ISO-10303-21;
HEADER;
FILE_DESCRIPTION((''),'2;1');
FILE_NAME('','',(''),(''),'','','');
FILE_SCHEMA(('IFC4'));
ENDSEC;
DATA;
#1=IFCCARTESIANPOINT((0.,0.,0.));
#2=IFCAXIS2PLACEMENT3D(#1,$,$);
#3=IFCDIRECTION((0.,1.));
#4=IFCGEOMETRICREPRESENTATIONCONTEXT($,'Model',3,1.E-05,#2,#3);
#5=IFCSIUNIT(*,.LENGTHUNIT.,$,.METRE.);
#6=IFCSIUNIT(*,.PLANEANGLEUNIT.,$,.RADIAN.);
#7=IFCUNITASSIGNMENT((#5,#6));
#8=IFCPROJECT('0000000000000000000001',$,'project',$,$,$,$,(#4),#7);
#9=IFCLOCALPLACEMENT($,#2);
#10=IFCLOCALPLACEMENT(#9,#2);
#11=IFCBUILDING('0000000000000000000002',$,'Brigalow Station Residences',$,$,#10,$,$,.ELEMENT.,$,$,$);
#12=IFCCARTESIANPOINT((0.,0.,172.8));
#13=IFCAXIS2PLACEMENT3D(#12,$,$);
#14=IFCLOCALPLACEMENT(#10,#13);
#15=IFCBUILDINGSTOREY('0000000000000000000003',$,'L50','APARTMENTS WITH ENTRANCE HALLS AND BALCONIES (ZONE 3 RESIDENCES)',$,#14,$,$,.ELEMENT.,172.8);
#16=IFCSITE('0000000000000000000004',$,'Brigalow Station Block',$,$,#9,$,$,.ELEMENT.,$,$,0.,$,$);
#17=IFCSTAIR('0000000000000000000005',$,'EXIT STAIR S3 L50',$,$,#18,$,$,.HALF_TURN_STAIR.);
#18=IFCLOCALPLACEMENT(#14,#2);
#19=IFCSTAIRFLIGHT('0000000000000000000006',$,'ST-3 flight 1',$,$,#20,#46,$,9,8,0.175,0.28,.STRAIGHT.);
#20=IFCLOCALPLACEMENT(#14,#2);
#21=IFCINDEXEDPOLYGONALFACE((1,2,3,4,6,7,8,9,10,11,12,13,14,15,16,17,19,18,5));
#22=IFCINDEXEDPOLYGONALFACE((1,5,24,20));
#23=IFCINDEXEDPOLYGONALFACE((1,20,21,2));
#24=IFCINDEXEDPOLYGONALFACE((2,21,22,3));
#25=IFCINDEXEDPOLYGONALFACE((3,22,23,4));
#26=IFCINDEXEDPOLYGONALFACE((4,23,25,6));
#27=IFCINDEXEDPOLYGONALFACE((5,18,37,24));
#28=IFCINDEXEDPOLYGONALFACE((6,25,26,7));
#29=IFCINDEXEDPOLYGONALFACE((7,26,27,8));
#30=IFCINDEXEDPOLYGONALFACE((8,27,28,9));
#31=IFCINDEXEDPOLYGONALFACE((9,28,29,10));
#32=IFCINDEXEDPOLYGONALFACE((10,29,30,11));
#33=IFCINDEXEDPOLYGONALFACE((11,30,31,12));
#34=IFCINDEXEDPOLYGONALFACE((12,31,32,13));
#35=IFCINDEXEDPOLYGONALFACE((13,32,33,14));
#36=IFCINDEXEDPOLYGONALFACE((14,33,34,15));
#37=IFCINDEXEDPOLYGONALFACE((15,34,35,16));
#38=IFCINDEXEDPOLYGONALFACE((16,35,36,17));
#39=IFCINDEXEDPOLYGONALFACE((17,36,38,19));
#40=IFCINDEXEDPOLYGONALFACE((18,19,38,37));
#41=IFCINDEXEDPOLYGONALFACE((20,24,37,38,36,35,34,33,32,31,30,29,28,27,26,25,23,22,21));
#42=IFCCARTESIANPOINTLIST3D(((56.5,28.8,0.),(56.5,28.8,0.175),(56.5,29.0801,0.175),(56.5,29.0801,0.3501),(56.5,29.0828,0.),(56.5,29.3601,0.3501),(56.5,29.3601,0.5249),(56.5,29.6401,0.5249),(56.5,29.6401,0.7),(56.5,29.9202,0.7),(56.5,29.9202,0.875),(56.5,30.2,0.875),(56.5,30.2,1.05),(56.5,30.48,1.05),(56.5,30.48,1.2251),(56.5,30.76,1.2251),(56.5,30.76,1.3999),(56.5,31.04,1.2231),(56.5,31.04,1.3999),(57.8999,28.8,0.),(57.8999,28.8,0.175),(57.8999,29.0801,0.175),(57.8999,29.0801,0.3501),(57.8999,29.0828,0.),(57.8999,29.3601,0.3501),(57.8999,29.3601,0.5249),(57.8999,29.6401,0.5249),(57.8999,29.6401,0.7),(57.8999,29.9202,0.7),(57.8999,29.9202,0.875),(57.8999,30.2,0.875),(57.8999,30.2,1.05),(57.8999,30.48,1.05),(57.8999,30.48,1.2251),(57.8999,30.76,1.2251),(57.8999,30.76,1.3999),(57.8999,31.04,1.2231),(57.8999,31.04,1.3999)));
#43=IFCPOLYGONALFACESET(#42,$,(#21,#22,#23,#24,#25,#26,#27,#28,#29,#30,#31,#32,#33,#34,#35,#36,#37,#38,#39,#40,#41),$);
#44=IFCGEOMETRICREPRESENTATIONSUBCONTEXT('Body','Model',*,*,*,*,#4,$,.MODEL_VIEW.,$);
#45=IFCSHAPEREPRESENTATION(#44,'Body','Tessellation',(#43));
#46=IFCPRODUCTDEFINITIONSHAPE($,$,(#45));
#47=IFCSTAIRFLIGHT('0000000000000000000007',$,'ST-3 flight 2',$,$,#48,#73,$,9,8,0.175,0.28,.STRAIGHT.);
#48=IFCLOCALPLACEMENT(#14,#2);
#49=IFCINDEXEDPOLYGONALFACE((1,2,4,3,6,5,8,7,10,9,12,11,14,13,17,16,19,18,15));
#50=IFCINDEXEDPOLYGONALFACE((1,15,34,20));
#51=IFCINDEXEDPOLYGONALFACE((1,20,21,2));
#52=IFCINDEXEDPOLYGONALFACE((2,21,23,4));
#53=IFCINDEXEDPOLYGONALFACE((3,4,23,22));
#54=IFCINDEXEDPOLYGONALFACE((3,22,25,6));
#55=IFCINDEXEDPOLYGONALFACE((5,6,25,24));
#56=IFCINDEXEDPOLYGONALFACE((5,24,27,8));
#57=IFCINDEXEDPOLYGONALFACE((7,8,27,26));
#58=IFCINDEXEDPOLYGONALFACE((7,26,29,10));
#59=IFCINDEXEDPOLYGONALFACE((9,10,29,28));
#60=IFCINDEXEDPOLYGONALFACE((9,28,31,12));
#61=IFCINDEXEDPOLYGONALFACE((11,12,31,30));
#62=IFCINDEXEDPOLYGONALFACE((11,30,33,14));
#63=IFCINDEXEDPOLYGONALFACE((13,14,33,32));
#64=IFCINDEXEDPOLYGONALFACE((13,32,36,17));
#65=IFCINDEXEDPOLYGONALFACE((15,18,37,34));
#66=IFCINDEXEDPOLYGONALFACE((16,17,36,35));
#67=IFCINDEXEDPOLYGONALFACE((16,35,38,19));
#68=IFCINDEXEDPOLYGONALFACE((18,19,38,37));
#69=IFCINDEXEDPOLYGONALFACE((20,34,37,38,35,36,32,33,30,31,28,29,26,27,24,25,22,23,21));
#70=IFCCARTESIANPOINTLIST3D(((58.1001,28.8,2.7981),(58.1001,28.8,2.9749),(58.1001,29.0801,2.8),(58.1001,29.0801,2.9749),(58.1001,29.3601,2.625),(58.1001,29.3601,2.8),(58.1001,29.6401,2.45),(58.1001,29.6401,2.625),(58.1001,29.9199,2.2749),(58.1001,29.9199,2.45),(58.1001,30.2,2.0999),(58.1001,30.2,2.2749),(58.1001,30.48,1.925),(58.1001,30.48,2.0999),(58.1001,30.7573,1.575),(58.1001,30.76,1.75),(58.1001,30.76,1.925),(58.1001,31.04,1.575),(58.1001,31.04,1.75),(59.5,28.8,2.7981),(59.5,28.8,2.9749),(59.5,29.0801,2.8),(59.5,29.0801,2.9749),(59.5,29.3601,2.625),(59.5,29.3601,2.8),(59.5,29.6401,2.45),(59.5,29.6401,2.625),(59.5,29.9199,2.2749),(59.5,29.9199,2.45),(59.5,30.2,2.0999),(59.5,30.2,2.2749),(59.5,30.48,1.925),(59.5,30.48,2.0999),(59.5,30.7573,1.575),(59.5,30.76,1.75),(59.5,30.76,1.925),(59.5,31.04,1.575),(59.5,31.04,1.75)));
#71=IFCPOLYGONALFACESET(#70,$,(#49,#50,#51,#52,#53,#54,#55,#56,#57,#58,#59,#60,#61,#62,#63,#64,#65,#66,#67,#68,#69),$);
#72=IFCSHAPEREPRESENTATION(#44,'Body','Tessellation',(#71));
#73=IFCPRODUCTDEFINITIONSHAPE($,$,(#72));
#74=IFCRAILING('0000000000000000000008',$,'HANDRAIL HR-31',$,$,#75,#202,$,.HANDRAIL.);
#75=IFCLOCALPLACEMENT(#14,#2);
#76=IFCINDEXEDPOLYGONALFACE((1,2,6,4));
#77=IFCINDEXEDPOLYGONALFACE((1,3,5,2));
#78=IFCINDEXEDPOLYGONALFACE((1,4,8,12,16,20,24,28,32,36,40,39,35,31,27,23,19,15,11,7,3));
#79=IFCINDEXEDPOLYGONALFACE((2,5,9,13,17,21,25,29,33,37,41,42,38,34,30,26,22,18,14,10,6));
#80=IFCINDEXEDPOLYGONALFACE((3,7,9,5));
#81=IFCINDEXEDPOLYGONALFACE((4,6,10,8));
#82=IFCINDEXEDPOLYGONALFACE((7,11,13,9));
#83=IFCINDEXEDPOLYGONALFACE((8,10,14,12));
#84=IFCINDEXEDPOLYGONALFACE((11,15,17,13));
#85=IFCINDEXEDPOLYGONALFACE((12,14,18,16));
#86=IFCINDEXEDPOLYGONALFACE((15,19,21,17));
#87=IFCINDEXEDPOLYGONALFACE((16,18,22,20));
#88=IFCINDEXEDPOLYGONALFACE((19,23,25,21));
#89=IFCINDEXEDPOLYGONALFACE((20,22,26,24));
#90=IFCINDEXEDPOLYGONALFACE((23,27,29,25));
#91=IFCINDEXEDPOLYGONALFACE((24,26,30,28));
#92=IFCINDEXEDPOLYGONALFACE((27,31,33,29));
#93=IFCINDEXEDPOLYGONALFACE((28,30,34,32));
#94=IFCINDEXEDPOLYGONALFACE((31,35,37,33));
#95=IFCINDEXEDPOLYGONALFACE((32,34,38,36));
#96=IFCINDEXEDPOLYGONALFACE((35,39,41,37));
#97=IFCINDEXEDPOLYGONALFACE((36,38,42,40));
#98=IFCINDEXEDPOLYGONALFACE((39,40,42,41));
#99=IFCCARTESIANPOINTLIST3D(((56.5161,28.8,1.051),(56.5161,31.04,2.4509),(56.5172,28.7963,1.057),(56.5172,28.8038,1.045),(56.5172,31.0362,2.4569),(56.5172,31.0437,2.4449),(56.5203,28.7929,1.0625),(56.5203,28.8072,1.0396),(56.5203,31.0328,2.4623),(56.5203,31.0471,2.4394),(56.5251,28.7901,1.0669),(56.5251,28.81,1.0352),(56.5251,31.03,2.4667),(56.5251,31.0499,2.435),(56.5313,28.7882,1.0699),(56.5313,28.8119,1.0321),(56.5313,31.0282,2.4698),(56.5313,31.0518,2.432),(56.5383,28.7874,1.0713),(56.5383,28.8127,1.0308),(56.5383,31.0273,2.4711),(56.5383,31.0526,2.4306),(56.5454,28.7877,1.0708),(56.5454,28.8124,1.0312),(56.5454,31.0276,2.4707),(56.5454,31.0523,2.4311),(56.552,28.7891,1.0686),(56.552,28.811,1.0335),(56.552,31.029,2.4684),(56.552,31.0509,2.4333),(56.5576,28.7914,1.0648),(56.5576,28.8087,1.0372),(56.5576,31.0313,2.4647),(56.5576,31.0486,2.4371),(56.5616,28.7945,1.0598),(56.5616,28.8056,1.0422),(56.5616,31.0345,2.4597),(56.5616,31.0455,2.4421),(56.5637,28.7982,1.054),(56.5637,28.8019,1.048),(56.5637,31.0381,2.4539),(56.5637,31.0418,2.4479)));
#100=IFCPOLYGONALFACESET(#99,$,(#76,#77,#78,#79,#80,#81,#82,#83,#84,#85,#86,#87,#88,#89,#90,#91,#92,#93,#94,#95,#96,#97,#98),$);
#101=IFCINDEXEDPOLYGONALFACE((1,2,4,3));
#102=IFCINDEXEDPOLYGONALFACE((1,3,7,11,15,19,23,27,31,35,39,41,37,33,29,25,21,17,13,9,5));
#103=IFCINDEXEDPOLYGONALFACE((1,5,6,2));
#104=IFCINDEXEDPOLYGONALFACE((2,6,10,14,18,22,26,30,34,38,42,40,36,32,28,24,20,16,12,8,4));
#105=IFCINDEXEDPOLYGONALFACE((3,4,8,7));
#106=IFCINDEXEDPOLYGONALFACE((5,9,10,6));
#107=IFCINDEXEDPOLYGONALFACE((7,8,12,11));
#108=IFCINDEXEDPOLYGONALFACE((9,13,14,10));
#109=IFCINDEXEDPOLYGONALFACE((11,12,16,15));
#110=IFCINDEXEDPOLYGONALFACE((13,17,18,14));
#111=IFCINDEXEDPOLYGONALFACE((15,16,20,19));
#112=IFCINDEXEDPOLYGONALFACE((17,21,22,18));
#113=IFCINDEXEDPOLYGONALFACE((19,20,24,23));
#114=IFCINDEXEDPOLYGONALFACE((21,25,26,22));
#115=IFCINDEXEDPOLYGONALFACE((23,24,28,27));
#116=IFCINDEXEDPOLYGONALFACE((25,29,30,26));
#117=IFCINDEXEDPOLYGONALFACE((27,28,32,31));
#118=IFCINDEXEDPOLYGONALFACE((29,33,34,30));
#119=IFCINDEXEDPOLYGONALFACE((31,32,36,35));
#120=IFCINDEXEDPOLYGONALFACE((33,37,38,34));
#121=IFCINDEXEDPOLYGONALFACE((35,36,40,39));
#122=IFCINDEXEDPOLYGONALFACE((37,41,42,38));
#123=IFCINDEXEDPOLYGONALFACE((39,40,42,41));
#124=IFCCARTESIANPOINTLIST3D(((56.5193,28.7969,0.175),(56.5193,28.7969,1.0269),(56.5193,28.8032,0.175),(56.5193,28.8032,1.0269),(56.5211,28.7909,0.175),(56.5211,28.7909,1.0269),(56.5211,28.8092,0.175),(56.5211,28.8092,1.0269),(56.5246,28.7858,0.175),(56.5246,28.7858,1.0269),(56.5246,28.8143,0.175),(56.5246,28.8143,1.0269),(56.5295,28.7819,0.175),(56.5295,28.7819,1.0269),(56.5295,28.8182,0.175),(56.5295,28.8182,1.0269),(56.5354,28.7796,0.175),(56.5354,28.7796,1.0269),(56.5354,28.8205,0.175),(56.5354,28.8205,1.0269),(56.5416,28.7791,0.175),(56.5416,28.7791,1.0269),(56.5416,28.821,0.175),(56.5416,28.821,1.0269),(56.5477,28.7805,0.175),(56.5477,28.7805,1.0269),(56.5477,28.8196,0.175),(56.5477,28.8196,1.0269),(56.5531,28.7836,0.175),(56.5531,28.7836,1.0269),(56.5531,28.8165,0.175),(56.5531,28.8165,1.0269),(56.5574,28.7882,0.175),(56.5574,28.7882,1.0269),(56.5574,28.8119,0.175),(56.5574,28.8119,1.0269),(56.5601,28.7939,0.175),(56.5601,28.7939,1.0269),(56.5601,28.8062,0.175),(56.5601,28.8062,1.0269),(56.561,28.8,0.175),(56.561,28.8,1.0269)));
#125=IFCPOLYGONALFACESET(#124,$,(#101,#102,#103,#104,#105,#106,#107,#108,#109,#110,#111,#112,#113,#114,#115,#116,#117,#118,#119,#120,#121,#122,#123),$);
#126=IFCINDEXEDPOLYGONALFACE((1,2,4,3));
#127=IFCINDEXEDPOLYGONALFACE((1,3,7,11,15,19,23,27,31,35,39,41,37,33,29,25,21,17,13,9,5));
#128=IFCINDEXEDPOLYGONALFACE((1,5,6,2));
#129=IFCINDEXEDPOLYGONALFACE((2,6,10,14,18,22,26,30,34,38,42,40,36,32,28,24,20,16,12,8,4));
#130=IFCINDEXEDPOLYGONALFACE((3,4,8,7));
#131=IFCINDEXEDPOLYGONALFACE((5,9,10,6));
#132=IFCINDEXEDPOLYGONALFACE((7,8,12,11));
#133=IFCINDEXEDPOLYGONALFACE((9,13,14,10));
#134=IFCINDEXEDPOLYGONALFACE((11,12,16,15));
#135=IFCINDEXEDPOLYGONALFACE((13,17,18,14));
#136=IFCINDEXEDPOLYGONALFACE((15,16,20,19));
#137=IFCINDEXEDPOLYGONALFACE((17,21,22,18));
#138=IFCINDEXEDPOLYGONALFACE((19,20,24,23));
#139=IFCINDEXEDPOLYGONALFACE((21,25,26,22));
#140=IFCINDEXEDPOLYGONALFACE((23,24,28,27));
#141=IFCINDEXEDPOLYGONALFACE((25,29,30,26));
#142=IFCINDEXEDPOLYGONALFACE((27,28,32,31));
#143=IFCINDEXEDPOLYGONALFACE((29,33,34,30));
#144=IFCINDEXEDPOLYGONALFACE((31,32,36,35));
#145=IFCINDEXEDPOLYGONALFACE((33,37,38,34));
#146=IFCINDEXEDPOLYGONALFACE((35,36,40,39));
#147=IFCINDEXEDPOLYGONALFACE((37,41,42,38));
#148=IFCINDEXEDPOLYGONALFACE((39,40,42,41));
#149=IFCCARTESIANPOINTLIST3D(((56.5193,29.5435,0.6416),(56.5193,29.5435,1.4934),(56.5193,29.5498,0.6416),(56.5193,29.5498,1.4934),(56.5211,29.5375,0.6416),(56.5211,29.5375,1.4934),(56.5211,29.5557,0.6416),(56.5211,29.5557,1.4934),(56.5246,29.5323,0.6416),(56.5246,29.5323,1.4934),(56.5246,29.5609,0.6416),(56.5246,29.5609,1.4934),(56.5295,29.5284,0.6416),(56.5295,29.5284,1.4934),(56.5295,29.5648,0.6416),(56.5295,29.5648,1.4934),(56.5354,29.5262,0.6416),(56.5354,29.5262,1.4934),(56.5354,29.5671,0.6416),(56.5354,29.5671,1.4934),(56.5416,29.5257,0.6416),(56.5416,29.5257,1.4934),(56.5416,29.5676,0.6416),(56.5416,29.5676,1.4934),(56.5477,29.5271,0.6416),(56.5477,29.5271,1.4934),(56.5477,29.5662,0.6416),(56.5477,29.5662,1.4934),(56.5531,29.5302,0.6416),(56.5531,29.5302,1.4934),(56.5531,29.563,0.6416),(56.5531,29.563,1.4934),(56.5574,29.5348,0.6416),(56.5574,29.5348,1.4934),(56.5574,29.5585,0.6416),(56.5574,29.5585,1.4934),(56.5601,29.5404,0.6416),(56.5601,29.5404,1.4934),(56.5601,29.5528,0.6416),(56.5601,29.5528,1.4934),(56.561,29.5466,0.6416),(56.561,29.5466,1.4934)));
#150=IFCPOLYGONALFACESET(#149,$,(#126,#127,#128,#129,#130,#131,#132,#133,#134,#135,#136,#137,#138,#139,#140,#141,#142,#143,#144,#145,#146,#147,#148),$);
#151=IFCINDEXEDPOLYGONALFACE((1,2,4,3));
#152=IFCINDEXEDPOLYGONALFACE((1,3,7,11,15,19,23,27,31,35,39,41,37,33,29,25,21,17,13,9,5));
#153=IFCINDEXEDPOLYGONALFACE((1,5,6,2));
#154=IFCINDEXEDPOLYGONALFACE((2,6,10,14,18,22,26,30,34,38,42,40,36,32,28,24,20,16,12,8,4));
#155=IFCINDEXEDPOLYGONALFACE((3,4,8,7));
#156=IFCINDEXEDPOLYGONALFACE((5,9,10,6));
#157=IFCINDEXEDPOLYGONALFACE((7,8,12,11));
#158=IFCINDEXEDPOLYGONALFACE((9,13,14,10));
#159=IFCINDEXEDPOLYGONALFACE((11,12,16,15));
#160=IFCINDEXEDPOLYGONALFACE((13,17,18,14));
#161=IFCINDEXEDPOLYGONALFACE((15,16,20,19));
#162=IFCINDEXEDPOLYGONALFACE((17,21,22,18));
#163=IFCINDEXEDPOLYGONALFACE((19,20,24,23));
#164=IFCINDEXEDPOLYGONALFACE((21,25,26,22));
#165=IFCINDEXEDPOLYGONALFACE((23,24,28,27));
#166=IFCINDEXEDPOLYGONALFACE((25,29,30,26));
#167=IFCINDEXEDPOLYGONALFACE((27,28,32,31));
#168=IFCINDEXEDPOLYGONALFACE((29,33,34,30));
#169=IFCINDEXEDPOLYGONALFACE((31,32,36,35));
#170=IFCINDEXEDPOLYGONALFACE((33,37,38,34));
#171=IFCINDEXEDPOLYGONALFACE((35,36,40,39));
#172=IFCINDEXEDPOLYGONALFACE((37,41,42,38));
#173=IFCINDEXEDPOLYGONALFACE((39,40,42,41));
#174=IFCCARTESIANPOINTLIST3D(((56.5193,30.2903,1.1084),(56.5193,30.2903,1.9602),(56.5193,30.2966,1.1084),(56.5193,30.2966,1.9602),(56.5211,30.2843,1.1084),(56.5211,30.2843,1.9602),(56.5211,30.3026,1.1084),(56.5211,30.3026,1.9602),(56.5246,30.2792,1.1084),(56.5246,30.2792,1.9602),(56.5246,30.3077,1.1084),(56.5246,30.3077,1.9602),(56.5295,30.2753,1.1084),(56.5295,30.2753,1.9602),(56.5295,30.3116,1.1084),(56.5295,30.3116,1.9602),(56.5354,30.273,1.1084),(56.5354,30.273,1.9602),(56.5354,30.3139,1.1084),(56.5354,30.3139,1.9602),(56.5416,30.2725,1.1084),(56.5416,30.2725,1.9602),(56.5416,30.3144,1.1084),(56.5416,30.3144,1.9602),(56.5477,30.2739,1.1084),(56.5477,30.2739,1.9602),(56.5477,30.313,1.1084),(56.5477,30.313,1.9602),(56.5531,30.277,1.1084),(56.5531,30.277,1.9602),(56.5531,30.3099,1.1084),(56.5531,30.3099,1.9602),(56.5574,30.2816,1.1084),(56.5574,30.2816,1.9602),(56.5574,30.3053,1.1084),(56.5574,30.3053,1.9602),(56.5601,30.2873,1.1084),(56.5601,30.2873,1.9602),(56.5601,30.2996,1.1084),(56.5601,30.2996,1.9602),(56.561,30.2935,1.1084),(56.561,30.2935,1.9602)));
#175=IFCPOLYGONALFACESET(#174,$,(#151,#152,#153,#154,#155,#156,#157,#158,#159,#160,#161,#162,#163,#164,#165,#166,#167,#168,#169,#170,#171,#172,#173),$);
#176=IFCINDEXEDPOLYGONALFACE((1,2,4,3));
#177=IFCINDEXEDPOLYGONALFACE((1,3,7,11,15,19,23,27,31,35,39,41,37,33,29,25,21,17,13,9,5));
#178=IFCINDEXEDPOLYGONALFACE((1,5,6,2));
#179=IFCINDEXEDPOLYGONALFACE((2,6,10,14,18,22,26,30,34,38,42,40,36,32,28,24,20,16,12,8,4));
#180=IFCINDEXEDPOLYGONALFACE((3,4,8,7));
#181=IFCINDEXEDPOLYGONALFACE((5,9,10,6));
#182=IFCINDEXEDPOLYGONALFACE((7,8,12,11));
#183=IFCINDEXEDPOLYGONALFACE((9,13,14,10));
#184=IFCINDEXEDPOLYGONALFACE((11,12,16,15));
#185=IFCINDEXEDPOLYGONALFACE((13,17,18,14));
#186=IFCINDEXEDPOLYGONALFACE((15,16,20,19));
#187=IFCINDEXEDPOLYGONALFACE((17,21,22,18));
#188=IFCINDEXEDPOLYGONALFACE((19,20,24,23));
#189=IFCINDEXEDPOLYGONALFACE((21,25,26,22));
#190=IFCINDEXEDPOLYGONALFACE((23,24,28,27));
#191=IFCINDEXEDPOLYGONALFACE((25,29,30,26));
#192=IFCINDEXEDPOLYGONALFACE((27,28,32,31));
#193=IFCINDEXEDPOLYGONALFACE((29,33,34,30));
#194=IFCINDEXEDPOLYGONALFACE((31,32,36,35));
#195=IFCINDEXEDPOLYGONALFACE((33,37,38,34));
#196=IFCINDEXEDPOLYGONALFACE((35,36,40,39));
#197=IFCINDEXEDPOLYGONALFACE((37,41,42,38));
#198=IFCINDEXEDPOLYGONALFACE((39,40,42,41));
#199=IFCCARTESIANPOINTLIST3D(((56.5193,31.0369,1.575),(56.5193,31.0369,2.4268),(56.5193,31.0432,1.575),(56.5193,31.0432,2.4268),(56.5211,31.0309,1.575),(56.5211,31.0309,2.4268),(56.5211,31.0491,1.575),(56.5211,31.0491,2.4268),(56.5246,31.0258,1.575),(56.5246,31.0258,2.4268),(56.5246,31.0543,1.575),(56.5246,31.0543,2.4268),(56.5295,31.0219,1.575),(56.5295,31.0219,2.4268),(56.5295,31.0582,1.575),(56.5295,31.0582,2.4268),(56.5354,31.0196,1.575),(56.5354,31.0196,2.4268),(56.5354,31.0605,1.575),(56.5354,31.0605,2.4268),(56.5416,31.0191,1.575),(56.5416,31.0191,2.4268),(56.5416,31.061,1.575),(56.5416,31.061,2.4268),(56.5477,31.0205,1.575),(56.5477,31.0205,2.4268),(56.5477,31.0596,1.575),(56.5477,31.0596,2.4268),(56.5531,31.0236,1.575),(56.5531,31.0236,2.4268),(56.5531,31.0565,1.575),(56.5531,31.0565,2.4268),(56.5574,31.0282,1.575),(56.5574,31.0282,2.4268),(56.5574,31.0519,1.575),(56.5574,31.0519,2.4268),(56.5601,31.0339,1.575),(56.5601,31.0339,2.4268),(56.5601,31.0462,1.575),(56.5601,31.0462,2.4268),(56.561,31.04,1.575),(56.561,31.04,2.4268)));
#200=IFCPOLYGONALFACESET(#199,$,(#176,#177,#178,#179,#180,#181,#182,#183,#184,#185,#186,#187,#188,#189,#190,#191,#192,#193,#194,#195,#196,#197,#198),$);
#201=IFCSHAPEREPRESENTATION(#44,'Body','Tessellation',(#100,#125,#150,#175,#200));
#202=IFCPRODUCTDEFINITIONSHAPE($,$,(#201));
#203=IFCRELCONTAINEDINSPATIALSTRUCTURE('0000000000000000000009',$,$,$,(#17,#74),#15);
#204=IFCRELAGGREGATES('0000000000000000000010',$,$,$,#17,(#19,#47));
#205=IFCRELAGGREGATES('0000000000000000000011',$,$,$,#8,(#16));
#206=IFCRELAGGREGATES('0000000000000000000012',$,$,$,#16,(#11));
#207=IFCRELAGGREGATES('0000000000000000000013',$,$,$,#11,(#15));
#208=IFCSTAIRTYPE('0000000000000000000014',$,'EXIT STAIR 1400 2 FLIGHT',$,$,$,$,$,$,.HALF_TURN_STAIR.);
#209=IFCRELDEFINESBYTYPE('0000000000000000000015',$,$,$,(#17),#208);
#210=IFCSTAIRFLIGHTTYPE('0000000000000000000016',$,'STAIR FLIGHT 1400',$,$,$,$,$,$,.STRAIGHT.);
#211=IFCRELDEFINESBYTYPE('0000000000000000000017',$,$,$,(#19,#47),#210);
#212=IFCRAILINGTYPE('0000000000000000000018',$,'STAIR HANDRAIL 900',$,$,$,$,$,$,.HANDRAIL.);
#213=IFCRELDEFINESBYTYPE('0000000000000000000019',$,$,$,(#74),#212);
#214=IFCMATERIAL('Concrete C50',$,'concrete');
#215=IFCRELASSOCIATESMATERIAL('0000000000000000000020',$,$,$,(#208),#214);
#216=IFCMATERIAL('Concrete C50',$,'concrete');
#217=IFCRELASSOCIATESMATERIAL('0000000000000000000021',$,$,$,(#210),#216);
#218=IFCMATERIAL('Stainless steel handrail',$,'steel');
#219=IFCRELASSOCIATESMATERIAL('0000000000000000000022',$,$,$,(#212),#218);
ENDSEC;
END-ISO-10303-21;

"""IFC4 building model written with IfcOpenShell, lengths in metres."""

from ifc_helpers import new_model, si_unit, direction, frame, origin, origin_2d, place, context, subcontext, project, spatial, polyline, circle, outline, extrude, material, type_object, element, aggregate, save


model = new_model("IFC4")

# Units and contexts
model_context = context("Model", 3, precision=1e-05, world=origin(), true_north=direction((0.0, 1.0)))
body_context = subcontext(model_context, "Body", "Model", "MODEL_VIEW")
ifc_project = project(units=[si_unit("LENGTHUNIT", "METRE"), si_unit("PLANEANGLEUNIT", "RADIAN")], contexts=[model_context])

# Site, building, storey
site_placement = place(None, origin())
site = spatial("IfcSite", under=ifc_project, at=site_placement, Name="Brigalow Station Block", CompositionType="ELEMENT", RefElevation=0.0)
building_placement = place(site_placement, origin())
building = spatial("IfcBuilding", under=site, at=building_placement, Name="Brigalow Station Residences", CompositionType="ELEMENT")
storey_placement = place(building_placement, frame((0.0, 0.0, 172.8)))
storey = spatial("IfcBuildingStorey", under=building, at=storey_placement, Name="L50", Description="APARTMENTS WITH ENTRANCE HALLS AND BALCONIES (ZONE 3 RESIDENCES)", CompositionType="ELEMENT", Elevation=172.8)

# Stair, stair flights
ifc_material_1 = material(Name="Concrete C50", Category="concrete")
stair_type = type_object("IfcStairType", Name="EXIT STAIR 1400 2 FLIGHT", PredefinedType="HALF_TURN_STAIR", material=ifc_material_1)
stair_placement = place(storey_placement, origin())
stair = element("IfcStair", 1, at=stair_placement, inside=storey, type_object=stair_type, Name="EXIT STAIR S3 L50", PredefinedType="HALF_TURN_STAIR")
ifc_material_2 = material(Name="Concrete C50", Category="concrete")
stair_flight_type = type_object("IfcStairFlightType", Name="STAIR FLIGHT 1400", PredefinedType="STRAIGHT", material=ifc_material_2)
stair_flight_1_placement = place(storey_placement, frame((57.2, 28.8, 0.0), z_axis=(0.0, 0.0, 1.0), x_axis=(0.0, 1.0, 0.0)))
stair_flight_1 = element("IfcStairFlight", 2, at=stair_flight_1_placement, type_object=stair_flight_type, Name="ST-3 flight 1", NumberOfRisers=9, NumberOfTreads=8, PredefinedType="STRAIGHT", RiserHeight=0.175, TreadLength=0.28, context=body_context, shape_type="SweptSolid", body=[
    extrude(outline(polyline([(0.0, 0.0), (0.0, 0.175), (0.28, 0.175), (0.28, 0.3501), (0.5601, 0.3501), (0.5601, 0.5249), (0.8401, 0.5249), (0.8401, 0.7), (1.1201, 0.7), (1.1201, 0.875), (1.3999, 0.875), (1.3999, 1.05), (1.6799, 1.05), (1.6799, 1.2251), (1.96, 1.2251), (1.96, 1.3999), (2.24, 1.3999), (2.24, 1.575), (2.24, 1.2231), (0.2827, 0.0), (0.0, 0.0)])), frame((0.0, 0.7, 0.0), z_axis=(0.0, -1.0, 0.0), x_axis=(1.0, 0.0, 0.0)), (0.0, 0.0, 1.0), 1.3999),
])
stair_flight_2_placement = place(storey_placement, frame((58.8, 31.04, 1.575), z_axis=(0.0, 0.0, 1.0), x_axis=(0.0, -1.0, 0.0)))
stair_flight_2 = element("IfcStairFlight", 3, at=stair_flight_2_placement, type_object=stair_flight_type, Name="ST-3 flight 2", NumberOfRisers=9, NumberOfTreads=8, PredefinedType="STRAIGHT", RiserHeight=0.175, TreadLength=0.28, context=body_context, shape_type="SweptSolid", body=[
    extrude(outline(polyline([(0.0, 0.0), (0.0, 0.175), (0.28, 0.175), (0.28, 0.3501), (0.5601, 0.3501), (0.5601, 0.5249), (0.8401, 0.5249), (0.8401, 0.7), (1.1201, 0.7), (1.1201, 0.875), (1.3999, 0.875), (1.3999, 1.05), (1.6799, 1.05), (1.6799, 1.2251), (1.96, 1.2251), (1.96, 1.3999), (2.24, 1.3999), (2.24, 1.575), (2.24, 1.2231), (0.2827, 0.0), (0.0, 0.0)])), frame((0.0, 0.7, 0.0), z_axis=(0.0, -1.0, 0.0), x_axis=(1.0, 0.0, 0.0)), (0.0, 0.0, 1.0), 1.3999),
])
aggregate(stair, [stair_flight_1, stair_flight_2])

# Railing
ifc_material_3 = material(Name="Stainless steel handrail", Category="steel")
railing_type_1 = type_object("IfcRailingType", Name="STAIR HANDRAIL 900", PredefinedType="HANDRAIL", material=ifc_material_3)
railing_1_placement = place(storey_placement, frame((56.54, 28.8, 0.175)))
element("IfcRailing", 4, at=railing_1_placement, inside=storey, type_object=railing_type_1, Name="HANDRAIL HR-31", PredefinedType="HANDRAIL", context=body_context, shape_type="SweptSolid", body=[
    extrude(circle(Radius=0.0239, at=origin_2d()), frame((0.0, 0.0, 0.876), z_axis=(0.0, 0.848014, 0.529974), x_axis=(-1.0, 0.0, 0.0)), (0.0, 0.0, 1.0), 2.6414),
    extrude(circle(Radius=0.021, at=origin_2d()), origin(), (0.0, 0.0, 1.0), 0.8518),
    extrude(circle(Radius=0.021, at=origin_2d()), frame((0.0, 0.7466, 0.4666)), (0.0, 0.0, 1.0), 0.8518),
    extrude(circle(Radius=0.021, at=origin_2d()), frame((0.0, 1.4934, 0.9333)), (0.0, 0.0, 1.0), 0.8518),
    extrude(circle(Radius=0.021, at=origin_2d()), frame((0.0, 2.24, 1.3999)), (0.0, 0.0, 1.0), 0.8518),
])

save(model, "model.ifc")
